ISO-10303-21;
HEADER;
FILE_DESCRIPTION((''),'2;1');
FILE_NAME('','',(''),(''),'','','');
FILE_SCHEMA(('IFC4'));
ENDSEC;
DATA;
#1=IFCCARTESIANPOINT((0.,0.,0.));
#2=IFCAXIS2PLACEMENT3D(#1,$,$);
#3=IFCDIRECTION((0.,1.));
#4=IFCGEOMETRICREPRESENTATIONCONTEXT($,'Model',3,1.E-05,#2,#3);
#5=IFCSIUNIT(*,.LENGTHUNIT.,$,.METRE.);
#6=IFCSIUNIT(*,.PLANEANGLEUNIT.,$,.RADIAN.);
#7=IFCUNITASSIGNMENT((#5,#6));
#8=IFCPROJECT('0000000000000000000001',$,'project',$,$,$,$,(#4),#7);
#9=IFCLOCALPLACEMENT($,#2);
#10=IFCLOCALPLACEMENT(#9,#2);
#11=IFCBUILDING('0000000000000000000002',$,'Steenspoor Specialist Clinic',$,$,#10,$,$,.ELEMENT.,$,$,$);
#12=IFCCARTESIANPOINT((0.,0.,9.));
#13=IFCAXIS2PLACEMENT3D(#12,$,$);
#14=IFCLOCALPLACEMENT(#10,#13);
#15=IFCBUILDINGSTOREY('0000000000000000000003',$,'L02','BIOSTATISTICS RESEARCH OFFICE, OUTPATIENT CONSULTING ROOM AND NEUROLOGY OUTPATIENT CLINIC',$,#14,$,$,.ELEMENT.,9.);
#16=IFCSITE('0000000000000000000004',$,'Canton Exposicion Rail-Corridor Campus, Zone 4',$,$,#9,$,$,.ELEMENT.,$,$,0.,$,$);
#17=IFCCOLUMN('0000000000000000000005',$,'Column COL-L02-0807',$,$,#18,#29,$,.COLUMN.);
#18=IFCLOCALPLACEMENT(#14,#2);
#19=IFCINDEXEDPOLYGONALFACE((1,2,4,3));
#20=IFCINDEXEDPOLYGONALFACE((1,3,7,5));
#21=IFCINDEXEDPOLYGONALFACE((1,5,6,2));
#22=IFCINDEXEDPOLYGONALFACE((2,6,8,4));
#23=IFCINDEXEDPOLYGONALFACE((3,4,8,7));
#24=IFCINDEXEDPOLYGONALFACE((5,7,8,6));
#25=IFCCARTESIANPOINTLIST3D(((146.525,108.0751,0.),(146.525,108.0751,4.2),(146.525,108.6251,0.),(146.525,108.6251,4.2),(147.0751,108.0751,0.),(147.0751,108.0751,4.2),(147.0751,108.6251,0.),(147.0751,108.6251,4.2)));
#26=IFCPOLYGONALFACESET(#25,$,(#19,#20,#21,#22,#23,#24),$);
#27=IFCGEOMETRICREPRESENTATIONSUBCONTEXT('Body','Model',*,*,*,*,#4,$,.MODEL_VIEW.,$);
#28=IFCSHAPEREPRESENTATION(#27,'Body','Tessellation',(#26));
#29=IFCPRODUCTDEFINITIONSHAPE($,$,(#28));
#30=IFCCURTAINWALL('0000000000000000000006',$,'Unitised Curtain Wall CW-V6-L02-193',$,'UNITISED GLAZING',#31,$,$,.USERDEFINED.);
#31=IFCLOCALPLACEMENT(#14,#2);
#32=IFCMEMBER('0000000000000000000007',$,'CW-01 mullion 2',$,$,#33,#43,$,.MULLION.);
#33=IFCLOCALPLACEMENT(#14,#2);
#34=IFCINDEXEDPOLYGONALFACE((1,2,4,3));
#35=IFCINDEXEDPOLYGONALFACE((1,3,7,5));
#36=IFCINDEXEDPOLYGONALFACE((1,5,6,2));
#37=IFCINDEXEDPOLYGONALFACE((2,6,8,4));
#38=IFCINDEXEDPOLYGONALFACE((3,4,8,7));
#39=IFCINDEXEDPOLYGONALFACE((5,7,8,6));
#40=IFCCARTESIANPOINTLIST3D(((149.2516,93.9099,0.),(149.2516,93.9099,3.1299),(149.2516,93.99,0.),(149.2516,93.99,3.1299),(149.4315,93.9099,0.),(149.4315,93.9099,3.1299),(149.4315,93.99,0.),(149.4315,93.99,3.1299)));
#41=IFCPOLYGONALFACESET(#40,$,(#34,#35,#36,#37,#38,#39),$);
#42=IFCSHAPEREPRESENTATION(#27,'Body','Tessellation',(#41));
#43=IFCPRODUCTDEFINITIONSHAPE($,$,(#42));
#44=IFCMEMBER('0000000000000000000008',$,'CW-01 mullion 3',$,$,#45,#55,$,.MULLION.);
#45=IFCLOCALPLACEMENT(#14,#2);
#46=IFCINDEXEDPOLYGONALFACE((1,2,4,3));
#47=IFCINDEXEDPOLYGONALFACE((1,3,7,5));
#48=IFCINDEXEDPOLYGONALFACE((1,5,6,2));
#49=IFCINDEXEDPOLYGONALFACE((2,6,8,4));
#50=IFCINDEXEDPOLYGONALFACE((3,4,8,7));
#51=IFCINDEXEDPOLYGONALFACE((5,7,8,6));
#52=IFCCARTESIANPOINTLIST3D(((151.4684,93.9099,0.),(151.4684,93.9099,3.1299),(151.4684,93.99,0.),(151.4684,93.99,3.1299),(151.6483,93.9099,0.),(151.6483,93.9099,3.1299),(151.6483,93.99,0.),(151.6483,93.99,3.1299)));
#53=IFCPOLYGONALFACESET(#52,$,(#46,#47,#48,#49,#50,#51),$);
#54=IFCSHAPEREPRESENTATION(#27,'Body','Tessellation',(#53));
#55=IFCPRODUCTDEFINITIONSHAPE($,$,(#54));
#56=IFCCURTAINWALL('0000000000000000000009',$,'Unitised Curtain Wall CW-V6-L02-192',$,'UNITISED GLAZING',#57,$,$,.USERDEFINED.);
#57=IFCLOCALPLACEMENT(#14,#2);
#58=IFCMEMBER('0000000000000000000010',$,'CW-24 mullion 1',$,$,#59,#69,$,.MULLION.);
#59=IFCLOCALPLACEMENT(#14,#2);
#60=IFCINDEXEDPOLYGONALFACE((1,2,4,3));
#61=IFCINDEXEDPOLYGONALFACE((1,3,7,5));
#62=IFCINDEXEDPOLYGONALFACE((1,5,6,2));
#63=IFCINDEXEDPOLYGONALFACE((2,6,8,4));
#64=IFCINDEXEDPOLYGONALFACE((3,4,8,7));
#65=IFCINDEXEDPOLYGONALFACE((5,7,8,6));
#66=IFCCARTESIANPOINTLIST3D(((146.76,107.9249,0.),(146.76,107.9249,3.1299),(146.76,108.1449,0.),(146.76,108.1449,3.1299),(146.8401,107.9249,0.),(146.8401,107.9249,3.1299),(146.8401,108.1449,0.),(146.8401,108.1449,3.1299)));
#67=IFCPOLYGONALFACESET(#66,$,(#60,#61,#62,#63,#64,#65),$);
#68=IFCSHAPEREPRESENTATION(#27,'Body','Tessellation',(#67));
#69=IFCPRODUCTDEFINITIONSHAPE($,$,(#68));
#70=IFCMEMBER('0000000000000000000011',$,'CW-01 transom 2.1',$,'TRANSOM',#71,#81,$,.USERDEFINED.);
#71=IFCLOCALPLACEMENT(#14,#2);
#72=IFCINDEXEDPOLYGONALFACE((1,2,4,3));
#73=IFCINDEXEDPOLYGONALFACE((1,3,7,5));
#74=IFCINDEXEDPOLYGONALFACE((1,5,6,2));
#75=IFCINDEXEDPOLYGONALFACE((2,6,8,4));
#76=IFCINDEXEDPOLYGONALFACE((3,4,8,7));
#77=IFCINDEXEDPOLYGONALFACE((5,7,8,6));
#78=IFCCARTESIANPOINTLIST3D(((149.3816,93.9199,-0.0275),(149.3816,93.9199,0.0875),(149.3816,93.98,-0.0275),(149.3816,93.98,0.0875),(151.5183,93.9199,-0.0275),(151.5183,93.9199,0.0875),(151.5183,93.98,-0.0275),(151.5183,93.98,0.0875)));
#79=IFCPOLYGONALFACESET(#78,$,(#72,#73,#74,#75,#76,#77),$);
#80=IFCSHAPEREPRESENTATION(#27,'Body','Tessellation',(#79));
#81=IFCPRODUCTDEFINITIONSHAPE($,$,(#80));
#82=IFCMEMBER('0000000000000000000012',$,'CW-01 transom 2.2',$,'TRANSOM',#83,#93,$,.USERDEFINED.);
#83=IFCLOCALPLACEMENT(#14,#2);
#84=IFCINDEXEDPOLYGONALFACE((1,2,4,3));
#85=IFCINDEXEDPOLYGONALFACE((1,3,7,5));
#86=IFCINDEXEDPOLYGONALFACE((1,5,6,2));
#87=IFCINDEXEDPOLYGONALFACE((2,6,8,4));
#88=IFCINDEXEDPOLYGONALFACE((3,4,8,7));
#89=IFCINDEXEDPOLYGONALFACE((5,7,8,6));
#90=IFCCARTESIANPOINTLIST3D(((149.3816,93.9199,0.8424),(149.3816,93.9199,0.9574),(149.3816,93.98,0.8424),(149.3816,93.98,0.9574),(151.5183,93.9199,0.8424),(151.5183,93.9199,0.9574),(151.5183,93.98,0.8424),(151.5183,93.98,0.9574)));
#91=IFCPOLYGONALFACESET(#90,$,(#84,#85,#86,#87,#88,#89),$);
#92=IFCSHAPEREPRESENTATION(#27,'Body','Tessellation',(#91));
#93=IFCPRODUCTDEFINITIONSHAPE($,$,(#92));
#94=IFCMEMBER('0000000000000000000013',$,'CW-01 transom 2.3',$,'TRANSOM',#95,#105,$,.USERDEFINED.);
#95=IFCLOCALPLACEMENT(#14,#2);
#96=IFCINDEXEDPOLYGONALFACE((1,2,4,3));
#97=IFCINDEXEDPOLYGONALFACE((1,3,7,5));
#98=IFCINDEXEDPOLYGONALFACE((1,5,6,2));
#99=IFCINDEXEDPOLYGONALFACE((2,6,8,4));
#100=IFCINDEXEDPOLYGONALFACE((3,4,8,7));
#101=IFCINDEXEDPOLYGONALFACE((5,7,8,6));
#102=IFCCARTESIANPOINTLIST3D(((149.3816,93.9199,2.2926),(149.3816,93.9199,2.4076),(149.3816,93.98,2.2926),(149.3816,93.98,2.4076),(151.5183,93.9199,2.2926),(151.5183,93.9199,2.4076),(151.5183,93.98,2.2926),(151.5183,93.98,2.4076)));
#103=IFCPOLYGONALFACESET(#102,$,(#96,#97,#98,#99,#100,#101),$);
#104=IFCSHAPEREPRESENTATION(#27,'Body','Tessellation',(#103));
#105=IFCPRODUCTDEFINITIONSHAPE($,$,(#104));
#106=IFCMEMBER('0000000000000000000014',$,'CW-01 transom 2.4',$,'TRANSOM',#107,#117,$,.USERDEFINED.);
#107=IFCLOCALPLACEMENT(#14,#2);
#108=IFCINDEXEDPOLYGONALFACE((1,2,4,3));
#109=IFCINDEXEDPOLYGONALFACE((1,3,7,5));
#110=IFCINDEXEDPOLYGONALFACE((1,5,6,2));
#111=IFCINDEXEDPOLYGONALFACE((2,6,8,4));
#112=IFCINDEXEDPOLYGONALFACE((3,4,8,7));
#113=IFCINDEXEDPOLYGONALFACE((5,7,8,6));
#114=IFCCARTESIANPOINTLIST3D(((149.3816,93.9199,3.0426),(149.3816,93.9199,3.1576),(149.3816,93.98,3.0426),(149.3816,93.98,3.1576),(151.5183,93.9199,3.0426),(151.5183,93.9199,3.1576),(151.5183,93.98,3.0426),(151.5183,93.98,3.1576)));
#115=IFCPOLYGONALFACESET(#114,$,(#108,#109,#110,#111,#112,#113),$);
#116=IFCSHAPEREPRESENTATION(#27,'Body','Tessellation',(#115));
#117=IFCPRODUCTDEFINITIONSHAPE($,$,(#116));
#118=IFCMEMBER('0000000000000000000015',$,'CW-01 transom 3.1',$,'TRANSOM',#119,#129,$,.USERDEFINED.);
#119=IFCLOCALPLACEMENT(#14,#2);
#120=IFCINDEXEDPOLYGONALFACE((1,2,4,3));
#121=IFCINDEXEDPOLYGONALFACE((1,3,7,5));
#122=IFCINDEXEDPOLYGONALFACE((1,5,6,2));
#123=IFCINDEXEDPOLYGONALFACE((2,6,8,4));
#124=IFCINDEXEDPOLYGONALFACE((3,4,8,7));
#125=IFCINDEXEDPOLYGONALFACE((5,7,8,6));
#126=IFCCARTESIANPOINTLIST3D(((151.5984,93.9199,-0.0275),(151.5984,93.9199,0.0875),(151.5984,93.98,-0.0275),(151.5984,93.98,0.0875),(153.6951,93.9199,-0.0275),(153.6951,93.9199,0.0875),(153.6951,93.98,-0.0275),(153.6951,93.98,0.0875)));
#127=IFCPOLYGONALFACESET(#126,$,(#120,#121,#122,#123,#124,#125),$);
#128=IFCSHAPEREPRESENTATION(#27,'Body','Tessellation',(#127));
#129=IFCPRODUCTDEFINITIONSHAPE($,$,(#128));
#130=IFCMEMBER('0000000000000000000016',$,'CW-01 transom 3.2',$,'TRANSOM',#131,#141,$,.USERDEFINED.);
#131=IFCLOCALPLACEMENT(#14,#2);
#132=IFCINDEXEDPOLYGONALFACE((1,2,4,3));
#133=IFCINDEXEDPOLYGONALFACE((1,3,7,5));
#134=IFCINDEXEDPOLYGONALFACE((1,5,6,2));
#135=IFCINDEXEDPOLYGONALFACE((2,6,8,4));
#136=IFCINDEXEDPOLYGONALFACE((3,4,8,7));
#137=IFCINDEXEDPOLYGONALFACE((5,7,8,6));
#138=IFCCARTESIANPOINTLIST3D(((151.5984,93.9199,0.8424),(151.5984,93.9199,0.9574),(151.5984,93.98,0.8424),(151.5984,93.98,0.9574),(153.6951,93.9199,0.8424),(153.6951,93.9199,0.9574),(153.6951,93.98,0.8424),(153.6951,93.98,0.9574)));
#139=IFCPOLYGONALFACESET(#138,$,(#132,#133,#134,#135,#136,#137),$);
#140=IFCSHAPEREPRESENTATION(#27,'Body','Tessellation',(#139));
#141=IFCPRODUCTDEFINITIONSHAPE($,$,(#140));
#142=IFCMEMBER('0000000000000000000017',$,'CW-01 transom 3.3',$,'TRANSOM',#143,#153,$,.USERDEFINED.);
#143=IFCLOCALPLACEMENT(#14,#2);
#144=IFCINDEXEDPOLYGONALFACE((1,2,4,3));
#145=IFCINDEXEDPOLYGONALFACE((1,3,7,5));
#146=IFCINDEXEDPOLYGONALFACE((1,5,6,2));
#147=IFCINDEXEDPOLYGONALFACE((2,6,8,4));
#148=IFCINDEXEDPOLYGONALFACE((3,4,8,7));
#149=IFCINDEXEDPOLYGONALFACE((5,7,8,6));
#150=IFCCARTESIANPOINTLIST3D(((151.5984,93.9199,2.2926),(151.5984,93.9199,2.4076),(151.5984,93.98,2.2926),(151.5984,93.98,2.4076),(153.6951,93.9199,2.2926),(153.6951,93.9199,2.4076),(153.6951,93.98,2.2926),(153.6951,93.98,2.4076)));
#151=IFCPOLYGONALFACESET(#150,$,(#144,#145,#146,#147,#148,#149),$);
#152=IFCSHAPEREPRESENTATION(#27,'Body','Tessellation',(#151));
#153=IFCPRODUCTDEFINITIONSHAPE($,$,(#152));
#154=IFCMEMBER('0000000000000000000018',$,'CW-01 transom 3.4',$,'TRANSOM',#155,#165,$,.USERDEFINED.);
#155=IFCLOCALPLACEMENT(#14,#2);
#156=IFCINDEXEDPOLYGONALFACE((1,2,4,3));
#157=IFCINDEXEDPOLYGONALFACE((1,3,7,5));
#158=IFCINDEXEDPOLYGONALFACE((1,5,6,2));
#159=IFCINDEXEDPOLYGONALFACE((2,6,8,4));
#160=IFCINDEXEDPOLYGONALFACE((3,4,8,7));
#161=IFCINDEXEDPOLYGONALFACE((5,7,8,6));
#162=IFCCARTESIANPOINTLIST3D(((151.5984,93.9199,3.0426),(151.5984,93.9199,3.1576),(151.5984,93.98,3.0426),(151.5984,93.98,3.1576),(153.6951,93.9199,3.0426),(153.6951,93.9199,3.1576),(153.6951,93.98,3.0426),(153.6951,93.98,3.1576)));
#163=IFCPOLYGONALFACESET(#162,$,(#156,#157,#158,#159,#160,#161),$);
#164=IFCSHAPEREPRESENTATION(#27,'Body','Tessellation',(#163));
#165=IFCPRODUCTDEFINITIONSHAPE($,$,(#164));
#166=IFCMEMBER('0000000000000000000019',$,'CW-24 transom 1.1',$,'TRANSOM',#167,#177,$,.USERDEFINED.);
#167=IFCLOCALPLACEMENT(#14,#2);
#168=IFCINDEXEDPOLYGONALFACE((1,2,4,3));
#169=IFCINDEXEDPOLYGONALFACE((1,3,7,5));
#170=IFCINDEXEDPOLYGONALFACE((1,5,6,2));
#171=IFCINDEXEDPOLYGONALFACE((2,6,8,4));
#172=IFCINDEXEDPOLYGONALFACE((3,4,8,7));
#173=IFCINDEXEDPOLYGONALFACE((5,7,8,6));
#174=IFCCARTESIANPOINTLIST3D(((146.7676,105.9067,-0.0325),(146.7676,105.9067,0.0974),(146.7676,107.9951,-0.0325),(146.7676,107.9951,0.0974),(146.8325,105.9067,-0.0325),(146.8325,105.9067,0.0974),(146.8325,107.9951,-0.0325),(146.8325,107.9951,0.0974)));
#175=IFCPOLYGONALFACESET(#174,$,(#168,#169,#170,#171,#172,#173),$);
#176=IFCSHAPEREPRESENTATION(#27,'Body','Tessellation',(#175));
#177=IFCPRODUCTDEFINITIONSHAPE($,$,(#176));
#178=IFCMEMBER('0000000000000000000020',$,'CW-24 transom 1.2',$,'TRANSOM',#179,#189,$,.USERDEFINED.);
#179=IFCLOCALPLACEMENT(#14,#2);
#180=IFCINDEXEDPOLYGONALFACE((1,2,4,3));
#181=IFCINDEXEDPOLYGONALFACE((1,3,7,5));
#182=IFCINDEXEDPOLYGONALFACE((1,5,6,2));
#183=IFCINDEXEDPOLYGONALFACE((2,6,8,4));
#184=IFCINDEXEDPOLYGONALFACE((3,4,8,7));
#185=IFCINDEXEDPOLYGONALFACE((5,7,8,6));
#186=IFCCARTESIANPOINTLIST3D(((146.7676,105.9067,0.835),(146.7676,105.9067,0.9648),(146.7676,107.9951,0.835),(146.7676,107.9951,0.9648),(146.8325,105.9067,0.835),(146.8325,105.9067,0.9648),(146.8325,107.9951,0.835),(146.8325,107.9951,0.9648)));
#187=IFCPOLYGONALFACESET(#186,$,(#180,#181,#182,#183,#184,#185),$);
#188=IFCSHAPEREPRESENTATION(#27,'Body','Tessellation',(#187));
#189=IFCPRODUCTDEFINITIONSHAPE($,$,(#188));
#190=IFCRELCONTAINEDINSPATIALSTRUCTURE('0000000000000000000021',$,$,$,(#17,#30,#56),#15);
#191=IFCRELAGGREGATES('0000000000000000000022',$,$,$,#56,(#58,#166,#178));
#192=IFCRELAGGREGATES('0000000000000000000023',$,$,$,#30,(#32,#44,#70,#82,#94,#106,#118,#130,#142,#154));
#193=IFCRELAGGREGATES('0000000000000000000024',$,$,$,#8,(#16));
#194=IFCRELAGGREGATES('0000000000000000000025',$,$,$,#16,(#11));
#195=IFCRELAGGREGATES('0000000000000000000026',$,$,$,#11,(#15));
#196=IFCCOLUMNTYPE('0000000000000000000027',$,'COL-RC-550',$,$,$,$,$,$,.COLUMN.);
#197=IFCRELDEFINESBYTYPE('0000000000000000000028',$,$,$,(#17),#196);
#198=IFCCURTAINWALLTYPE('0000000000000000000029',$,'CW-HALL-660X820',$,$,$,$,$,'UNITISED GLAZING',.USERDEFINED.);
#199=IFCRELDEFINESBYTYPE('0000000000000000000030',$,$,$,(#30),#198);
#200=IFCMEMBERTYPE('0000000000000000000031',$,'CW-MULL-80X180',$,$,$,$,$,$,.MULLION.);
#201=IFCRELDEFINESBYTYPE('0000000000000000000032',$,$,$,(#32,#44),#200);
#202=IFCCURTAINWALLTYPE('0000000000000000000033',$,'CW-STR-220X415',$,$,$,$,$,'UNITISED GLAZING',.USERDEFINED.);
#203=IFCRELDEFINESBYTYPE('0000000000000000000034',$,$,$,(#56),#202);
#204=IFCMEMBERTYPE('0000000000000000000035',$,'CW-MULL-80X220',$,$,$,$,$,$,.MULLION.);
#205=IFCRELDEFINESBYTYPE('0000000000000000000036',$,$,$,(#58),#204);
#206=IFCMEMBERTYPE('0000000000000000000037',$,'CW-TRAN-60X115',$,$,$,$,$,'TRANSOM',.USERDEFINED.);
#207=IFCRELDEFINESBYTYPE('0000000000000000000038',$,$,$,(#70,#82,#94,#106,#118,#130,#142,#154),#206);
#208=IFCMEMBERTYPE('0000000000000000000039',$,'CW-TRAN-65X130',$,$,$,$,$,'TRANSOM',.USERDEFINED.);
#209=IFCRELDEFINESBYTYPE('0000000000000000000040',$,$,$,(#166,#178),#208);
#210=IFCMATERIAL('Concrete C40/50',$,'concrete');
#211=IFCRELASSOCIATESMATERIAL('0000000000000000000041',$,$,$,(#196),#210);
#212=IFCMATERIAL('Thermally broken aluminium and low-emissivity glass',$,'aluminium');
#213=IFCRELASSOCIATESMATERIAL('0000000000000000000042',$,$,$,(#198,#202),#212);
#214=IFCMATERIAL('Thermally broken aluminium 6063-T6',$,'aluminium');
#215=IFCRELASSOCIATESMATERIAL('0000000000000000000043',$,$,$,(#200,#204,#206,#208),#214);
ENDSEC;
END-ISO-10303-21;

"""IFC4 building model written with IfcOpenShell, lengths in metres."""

from ifc_helpers import new_model, si_unit, direction, frame, origin, origin_2d, place, context, subcontext, project, spatial, rectangle, extrude, material, material_profile, profile_set, type_object, element, aggregate, save


model = new_model("IFC4")

# Units and contexts
model_context = context("Model", 3, precision=1e-05, world=origin(), true_north=direction((0.0, 1.0)))
body_context = subcontext(model_context, "Body", "Model", "MODEL_VIEW")
ifc_project = project(units=[si_unit("LENGTHUNIT", "METRE"), si_unit("PLANEANGLEUNIT", "RADIAN")], contexts=[model_context])

# Site, building, storey
site_placement = place(None, origin())
site = spatial("IfcSite", under=ifc_project, at=site_placement, Name="Canton Exposicion Rail-Corridor Campus, Zone 4", CompositionType="ELEMENT", RefElevation=0.0)
building_placement = place(site_placement, origin())
building = spatial("IfcBuilding", under=site, at=building_placement, Name="Steenspoor Specialist Clinic", CompositionType="ELEMENT")
storey_placement = place(building_placement, frame((0.0, 0.0, 9.0)))
storey = spatial("IfcBuildingStorey", under=building, at=storey_placement, Name="L02", Description="BIOSTATISTICS RESEARCH OFFICE, OUTPATIENT CONSULTING ROOM AND NEUROLOGY OUTPATIENT CLINIC", CompositionType="ELEMENT", Elevation=9.0)

# Column
ifc_material_1 = material(Name="Concrete C40/50", Category="concrete")
ifc_material_profile_1 = material_profile(ifc_material_1, rectangle(XDim=0.55, YDim=0.55, at=origin_2d()), Name="RC-COL-550X550")
ifc_profile_set_1 = profile_set([ifc_material_profile_1], Name="Concrete C40/50")
column_type = type_object("IfcColumnType", Name="COL-RC-550", PredefinedType="COLUMN", material=ifc_profile_set_1)
column_placement = place(storey_placement, frame((146.8, 108.3501, 0.0), z_axis=(0.0, 0.0, 1.0), x_axis=(1.0, 0.0, 0.0)))
element("IfcColumn", 1, at=column_placement, inside=storey, type_object=column_type, Name="Column COL-L02-0807", PredefinedType="COLUMN", context=body_context, shape_type="SweptSolid", body=[
    extrude(rectangle(XDim=0.55, YDim=0.55, at=origin_2d()), origin(), (0.0, 0.0, 1.0), 4.2),
])

# Curtain wall, members
ifc_material_2 = material(Name="Thermally broken aluminium and low-emissivity glass", Category="aluminium")
curtain_wall_type_1 = type_object("IfcCurtainWallType", Name="CW-HALL-660X820", ElementType="UNITISED GLAZING", PredefinedType="USERDEFINED", material=ifc_material_2)
curtain_wall_1_placement = place(storey_placement, origin())
curtain_wall_1 = element("IfcCurtainWall", 2, at=curtain_wall_1_placement, inside=storey, type_object=curtain_wall_type_1, Name="Unitised Curtain Wall CW-V6-L02-193", ObjectType="UNITISED GLAZING", PredefinedType="USERDEFINED")
ifc_material_3 = material(Name="Thermally broken aluminium 6063-T6", Category="aluminium")
ifc_material_profile_2 = material_profile(ifc_material_3, rectangle(XDim=0.0801, YDim=0.1799, at=origin_2d()), Name="CWM-80X180")
ifc_profile_set_2 = profile_set([ifc_material_profile_2], Name="Thermally broken aluminium 6063-T6")
member_type_1 = type_object("IfcMemberType", Name="CW-MULL-80X180", PredefinedType="MULLION", material=ifc_profile_set_2)
member_1_placement = place(storey_placement, frame((149.3416, 93.95, 0.0), z_axis=(0.0, 0.0, 1.0), x_axis=(0.0, 1.0, 0.0)))
member_1 = element("IfcMember", 3, at=member_1_placement, type_object=member_type_1, Name="CW-01 mullion 2", PredefinedType="MULLION", context=body_context, shape_type="SweptSolid", body=[
    extrude(rectangle(XDim=0.0801, YDim=0.1799, at=origin_2d()), origin(), (0.0, 0.0, 1.0), 3.1299),
])
member_2_placement = place(storey_placement, frame((151.5583, 93.95, 0.0), z_axis=(0.0, 0.0, 1.0), x_axis=(0.0, 1.0, 0.0)))
member_2 = element("IfcMember", 4, at=member_2_placement, type_object=member_type_1, Name="CW-01 mullion 3", PredefinedType="MULLION", context=body_context, shape_type="SweptSolid", body=[
    extrude(rectangle(XDim=0.0801, YDim=0.1799, at=origin_2d()), origin(), (0.0, 0.0, 1.0), 3.1299),
])

# Curtain wall, member
curtain_wall_type_2 = type_object("IfcCurtainWallType", Name="CW-STR-220X415", ElementType="UNITISED GLAZING", PredefinedType="USERDEFINED", material=ifc_material_2)
curtain_wall_2_placement = place(storey_placement, origin())
curtain_wall_2 = element("IfcCurtainWall", 5, at=curtain_wall_2_placement, inside=storey, type_object=curtain_wall_type_2, Name="Unitised Curtain Wall CW-V6-L02-192", ObjectType="UNITISED GLAZING", PredefinedType="USERDEFINED")
ifc_material_profile_3 = material_profile(ifc_material_3, rectangle(XDim=0.0801, YDim=0.22, at=origin_2d()), Name="CWM-80X220")
ifc_profile_set_3 = profile_set([ifc_material_profile_3], Name="Thermally broken aluminium 6063-T6")
member_type_2 = type_object("IfcMemberType", Name="CW-MULL-80X220", PredefinedType="MULLION", material=ifc_profile_set_3)
member_3_placement = place(storey_placement, frame((146.8, 108.0349, 0.0), z_axis=(0.0, 0.0, 1.0), x_axis=(1.0, 0.0, 0.0)))
member_3 = element("IfcMember", 6, at=member_3_placement, type_object=member_type_2, Name="CW-24 mullion 1", PredefinedType="MULLION", context=body_context, shape_type="SweptSolid", body=[
    extrude(rectangle(XDim=0.0801, YDim=0.22, at=origin_2d()), origin(), (0.0, 0.0, 1.0), 3.1299),
])

# Members
ifc_material_profile_4 = material_profile(ifc_material_3, rectangle(XDim=0.0601, YDim=0.115, at=origin_2d()), Name="CWT-60X115")
ifc_profile_set_4 = profile_set([ifc_material_profile_4], Name="Thermally broken aluminium 6063-T6")
member_type_3 = type_object("IfcMemberType", Name="CW-TRAN-60X115", ElementType="TRANSOM", PredefinedType="USERDEFINED", material=ifc_profile_set_4)
member_4_placement = place(storey_placement, frame((149.3816, 93.95, 0.03), z_axis=(1.0, 0.0, 0.0), x_axis=(0.0, 1.0, 0.0)))
member_4 = element("IfcMember", 7, at=member_4_placement, type_object=member_type_3, Name="CW-01 transom 2.1", ObjectType="TRANSOM", PredefinedType="USERDEFINED", context=body_context, shape_type="SweptSolid", body=[
    extrude(rectangle(XDim=0.0601, YDim=0.115, at=origin_2d()), origin(), (0.0, 0.0, 1.0), 2.1367),
])
member_5_placement = place(storey_placement, frame((149.3816, 93.95, 0.8999), z_axis=(1.0, 0.0, 0.0), x_axis=(0.0, 1.0, 0.0)))
member_5 = element("IfcMember", 8, at=member_5_placement, type_object=member_type_3, Name="CW-01 transom 2.2", ObjectType="TRANSOM", PredefinedType="USERDEFINED", context=body_context, shape_type="SweptSolid", body=[
    extrude(rectangle(XDim=0.0601, YDim=0.115, at=origin_2d()), origin(), (0.0, 0.0, 1.0), 2.1367),
])
member_6_placement = place(storey_placement, frame((149.3816, 93.95, 2.3501), z_axis=(1.0, 0.0, 0.0), x_axis=(0.0, 1.0, 0.0)))
member_6 = element("IfcMember", 9, at=member_6_placement, type_object=member_type_3, Name="CW-01 transom 2.3", ObjectType="TRANSOM", PredefinedType="USERDEFINED", context=body_context, shape_type="SweptSolid", body=[
    extrude(rectangle(XDim=0.0601, YDim=0.115, at=origin_2d()), origin(), (0.0, 0.0, 1.0), 2.1367),
])
member_7_placement = place(storey_placement, frame((149.3816, 93.95, 3.1001), z_axis=(1.0, 0.0, 0.0), x_axis=(0.0, 1.0, 0.0)))
member_7 = element("IfcMember", 10, at=member_7_placement, type_object=member_type_3, Name="CW-01 transom 2.4", ObjectType="TRANSOM", PredefinedType="USERDEFINED", context=body_context, shape_type="SweptSolid", body=[
    extrude(rectangle(XDim=0.0601, YDim=0.115, at=origin_2d()), origin(), (0.0, 0.0, 1.0), 2.1367),
])
member_8_placement = place(storey_placement, frame((151.5984, 93.95, 0.03), z_axis=(1.0, 0.0, 0.0), x_axis=(0.0, 1.0, 0.0)))
member_8 = element("IfcMember", 11, at=member_8_placement, type_object=member_type_3, Name="CW-01 transom 3.1", ObjectType="TRANSOM", PredefinedType="USERDEFINED", context=body_context, shape_type="SweptSolid", body=[
    extrude(rectangle(XDim=0.0601, YDim=0.115, at=origin_2d()), origin(), (0.0, 0.0, 1.0), 2.0967),
])
member_9_placement = place(storey_placement, frame((151.5984, 93.95, 0.8999), z_axis=(1.0, 0.0, 0.0), x_axis=(0.0, 1.0, 0.0)))
member_9 = element("IfcMember", 12, at=member_9_placement, type_object=member_type_3, Name="CW-01 transom 3.2", ObjectType="TRANSOM", PredefinedType="USERDEFINED", context=body_context, shape_type="SweptSolid", body=[
    extrude(rectangle(XDim=0.0601, YDim=0.115, at=origin_2d()), origin(), (0.0, 0.0, 1.0), 2.0967),
])
member_10_placement = place(storey_placement, frame((151.5984, 93.95, 2.3501), z_axis=(1.0, 0.0, 0.0), x_axis=(0.0, 1.0, 0.0)))
member_10 = element("IfcMember", 13, at=member_10_placement, type_object=member_type_3, Name="CW-01 transom 3.3", ObjectType="TRANSOM", PredefinedType="USERDEFINED", context=body_context, shape_type="SweptSolid", body=[
    extrude(rectangle(XDim=0.0601, YDim=0.115, at=origin_2d()), origin(), (0.0, 0.0, 1.0), 2.0967),
])
member_11_placement = place(storey_placement, frame((151.5984, 93.95, 3.1001), z_axis=(1.0, 0.0, 0.0), x_axis=(0.0, 1.0, 0.0)))
member_11 = element("IfcMember", 14, at=member_11_placement, type_object=member_type_3, Name="CW-01 transom 3.4", ObjectType="TRANSOM", PredefinedType="USERDEFINED", context=body_context, shape_type="SweptSolid", body=[
    extrude(rectangle(XDim=0.0601, YDim=0.115, at=origin_2d()), origin(), (0.0, 0.0, 1.0), 2.0967),
])
ifc_material_profile_5 = material_profile(ifc_material_3, rectangle(XDim=0.0649, YDim=0.1299, at=origin_2d()), Name="CWT-65X130")
ifc_profile_set_5 = profile_set([ifc_material_profile_5], Name="Thermally broken aluminium 6063-T6")
member_type_4 = type_object("IfcMemberType", Name="CW-TRAN-65X130", ElementType="TRANSOM", PredefinedType="USERDEFINED", material=ifc_profile_set_5)
member_12_placement = place(storey_placement, frame((146.8, 107.9951, 0.0325), z_axis=(0.0, -1.0, 0.0), x_axis=(1.0, 0.0, 0.0)))
member_12 = element("IfcMember", 15, at=member_12_placement, type_object=member_type_4, Name="CW-24 transom 1.1", ObjectType="TRANSOM", PredefinedType="USERDEFINED", context=body_context, shape_type="SweptSolid", body=[
    extrude(rectangle(XDim=0.0649, YDim=0.1299, at=origin_2d()), origin(), (0.0, 0.0, 1.0), 2.0884),
])
member_13_placement = place(storey_placement, frame((146.8, 107.9951, 0.8999), z_axis=(0.0, -1.0, 0.0), x_axis=(1.0, 0.0, 0.0)))
member_13 = element("IfcMember", 16, at=member_13_placement, type_object=member_type_4, Name="CW-24 transom 1.2", ObjectType="TRANSOM", PredefinedType="USERDEFINED", context=body_context, shape_type="SweptSolid", body=[
    extrude(rectangle(XDim=0.0649, YDim=0.1299, at=origin_2d()), origin(), (0.0, 0.0, 1.0), 2.0884),
])

aggregate(curtain_wall_2, [member_3, member_12, member_13])
aggregate(curtain_wall_1, [member_1, member_2, member_4, member_5, member_6, member_7, member_8, member_9, member_10, member_11])

save(model, "model.ifc")
